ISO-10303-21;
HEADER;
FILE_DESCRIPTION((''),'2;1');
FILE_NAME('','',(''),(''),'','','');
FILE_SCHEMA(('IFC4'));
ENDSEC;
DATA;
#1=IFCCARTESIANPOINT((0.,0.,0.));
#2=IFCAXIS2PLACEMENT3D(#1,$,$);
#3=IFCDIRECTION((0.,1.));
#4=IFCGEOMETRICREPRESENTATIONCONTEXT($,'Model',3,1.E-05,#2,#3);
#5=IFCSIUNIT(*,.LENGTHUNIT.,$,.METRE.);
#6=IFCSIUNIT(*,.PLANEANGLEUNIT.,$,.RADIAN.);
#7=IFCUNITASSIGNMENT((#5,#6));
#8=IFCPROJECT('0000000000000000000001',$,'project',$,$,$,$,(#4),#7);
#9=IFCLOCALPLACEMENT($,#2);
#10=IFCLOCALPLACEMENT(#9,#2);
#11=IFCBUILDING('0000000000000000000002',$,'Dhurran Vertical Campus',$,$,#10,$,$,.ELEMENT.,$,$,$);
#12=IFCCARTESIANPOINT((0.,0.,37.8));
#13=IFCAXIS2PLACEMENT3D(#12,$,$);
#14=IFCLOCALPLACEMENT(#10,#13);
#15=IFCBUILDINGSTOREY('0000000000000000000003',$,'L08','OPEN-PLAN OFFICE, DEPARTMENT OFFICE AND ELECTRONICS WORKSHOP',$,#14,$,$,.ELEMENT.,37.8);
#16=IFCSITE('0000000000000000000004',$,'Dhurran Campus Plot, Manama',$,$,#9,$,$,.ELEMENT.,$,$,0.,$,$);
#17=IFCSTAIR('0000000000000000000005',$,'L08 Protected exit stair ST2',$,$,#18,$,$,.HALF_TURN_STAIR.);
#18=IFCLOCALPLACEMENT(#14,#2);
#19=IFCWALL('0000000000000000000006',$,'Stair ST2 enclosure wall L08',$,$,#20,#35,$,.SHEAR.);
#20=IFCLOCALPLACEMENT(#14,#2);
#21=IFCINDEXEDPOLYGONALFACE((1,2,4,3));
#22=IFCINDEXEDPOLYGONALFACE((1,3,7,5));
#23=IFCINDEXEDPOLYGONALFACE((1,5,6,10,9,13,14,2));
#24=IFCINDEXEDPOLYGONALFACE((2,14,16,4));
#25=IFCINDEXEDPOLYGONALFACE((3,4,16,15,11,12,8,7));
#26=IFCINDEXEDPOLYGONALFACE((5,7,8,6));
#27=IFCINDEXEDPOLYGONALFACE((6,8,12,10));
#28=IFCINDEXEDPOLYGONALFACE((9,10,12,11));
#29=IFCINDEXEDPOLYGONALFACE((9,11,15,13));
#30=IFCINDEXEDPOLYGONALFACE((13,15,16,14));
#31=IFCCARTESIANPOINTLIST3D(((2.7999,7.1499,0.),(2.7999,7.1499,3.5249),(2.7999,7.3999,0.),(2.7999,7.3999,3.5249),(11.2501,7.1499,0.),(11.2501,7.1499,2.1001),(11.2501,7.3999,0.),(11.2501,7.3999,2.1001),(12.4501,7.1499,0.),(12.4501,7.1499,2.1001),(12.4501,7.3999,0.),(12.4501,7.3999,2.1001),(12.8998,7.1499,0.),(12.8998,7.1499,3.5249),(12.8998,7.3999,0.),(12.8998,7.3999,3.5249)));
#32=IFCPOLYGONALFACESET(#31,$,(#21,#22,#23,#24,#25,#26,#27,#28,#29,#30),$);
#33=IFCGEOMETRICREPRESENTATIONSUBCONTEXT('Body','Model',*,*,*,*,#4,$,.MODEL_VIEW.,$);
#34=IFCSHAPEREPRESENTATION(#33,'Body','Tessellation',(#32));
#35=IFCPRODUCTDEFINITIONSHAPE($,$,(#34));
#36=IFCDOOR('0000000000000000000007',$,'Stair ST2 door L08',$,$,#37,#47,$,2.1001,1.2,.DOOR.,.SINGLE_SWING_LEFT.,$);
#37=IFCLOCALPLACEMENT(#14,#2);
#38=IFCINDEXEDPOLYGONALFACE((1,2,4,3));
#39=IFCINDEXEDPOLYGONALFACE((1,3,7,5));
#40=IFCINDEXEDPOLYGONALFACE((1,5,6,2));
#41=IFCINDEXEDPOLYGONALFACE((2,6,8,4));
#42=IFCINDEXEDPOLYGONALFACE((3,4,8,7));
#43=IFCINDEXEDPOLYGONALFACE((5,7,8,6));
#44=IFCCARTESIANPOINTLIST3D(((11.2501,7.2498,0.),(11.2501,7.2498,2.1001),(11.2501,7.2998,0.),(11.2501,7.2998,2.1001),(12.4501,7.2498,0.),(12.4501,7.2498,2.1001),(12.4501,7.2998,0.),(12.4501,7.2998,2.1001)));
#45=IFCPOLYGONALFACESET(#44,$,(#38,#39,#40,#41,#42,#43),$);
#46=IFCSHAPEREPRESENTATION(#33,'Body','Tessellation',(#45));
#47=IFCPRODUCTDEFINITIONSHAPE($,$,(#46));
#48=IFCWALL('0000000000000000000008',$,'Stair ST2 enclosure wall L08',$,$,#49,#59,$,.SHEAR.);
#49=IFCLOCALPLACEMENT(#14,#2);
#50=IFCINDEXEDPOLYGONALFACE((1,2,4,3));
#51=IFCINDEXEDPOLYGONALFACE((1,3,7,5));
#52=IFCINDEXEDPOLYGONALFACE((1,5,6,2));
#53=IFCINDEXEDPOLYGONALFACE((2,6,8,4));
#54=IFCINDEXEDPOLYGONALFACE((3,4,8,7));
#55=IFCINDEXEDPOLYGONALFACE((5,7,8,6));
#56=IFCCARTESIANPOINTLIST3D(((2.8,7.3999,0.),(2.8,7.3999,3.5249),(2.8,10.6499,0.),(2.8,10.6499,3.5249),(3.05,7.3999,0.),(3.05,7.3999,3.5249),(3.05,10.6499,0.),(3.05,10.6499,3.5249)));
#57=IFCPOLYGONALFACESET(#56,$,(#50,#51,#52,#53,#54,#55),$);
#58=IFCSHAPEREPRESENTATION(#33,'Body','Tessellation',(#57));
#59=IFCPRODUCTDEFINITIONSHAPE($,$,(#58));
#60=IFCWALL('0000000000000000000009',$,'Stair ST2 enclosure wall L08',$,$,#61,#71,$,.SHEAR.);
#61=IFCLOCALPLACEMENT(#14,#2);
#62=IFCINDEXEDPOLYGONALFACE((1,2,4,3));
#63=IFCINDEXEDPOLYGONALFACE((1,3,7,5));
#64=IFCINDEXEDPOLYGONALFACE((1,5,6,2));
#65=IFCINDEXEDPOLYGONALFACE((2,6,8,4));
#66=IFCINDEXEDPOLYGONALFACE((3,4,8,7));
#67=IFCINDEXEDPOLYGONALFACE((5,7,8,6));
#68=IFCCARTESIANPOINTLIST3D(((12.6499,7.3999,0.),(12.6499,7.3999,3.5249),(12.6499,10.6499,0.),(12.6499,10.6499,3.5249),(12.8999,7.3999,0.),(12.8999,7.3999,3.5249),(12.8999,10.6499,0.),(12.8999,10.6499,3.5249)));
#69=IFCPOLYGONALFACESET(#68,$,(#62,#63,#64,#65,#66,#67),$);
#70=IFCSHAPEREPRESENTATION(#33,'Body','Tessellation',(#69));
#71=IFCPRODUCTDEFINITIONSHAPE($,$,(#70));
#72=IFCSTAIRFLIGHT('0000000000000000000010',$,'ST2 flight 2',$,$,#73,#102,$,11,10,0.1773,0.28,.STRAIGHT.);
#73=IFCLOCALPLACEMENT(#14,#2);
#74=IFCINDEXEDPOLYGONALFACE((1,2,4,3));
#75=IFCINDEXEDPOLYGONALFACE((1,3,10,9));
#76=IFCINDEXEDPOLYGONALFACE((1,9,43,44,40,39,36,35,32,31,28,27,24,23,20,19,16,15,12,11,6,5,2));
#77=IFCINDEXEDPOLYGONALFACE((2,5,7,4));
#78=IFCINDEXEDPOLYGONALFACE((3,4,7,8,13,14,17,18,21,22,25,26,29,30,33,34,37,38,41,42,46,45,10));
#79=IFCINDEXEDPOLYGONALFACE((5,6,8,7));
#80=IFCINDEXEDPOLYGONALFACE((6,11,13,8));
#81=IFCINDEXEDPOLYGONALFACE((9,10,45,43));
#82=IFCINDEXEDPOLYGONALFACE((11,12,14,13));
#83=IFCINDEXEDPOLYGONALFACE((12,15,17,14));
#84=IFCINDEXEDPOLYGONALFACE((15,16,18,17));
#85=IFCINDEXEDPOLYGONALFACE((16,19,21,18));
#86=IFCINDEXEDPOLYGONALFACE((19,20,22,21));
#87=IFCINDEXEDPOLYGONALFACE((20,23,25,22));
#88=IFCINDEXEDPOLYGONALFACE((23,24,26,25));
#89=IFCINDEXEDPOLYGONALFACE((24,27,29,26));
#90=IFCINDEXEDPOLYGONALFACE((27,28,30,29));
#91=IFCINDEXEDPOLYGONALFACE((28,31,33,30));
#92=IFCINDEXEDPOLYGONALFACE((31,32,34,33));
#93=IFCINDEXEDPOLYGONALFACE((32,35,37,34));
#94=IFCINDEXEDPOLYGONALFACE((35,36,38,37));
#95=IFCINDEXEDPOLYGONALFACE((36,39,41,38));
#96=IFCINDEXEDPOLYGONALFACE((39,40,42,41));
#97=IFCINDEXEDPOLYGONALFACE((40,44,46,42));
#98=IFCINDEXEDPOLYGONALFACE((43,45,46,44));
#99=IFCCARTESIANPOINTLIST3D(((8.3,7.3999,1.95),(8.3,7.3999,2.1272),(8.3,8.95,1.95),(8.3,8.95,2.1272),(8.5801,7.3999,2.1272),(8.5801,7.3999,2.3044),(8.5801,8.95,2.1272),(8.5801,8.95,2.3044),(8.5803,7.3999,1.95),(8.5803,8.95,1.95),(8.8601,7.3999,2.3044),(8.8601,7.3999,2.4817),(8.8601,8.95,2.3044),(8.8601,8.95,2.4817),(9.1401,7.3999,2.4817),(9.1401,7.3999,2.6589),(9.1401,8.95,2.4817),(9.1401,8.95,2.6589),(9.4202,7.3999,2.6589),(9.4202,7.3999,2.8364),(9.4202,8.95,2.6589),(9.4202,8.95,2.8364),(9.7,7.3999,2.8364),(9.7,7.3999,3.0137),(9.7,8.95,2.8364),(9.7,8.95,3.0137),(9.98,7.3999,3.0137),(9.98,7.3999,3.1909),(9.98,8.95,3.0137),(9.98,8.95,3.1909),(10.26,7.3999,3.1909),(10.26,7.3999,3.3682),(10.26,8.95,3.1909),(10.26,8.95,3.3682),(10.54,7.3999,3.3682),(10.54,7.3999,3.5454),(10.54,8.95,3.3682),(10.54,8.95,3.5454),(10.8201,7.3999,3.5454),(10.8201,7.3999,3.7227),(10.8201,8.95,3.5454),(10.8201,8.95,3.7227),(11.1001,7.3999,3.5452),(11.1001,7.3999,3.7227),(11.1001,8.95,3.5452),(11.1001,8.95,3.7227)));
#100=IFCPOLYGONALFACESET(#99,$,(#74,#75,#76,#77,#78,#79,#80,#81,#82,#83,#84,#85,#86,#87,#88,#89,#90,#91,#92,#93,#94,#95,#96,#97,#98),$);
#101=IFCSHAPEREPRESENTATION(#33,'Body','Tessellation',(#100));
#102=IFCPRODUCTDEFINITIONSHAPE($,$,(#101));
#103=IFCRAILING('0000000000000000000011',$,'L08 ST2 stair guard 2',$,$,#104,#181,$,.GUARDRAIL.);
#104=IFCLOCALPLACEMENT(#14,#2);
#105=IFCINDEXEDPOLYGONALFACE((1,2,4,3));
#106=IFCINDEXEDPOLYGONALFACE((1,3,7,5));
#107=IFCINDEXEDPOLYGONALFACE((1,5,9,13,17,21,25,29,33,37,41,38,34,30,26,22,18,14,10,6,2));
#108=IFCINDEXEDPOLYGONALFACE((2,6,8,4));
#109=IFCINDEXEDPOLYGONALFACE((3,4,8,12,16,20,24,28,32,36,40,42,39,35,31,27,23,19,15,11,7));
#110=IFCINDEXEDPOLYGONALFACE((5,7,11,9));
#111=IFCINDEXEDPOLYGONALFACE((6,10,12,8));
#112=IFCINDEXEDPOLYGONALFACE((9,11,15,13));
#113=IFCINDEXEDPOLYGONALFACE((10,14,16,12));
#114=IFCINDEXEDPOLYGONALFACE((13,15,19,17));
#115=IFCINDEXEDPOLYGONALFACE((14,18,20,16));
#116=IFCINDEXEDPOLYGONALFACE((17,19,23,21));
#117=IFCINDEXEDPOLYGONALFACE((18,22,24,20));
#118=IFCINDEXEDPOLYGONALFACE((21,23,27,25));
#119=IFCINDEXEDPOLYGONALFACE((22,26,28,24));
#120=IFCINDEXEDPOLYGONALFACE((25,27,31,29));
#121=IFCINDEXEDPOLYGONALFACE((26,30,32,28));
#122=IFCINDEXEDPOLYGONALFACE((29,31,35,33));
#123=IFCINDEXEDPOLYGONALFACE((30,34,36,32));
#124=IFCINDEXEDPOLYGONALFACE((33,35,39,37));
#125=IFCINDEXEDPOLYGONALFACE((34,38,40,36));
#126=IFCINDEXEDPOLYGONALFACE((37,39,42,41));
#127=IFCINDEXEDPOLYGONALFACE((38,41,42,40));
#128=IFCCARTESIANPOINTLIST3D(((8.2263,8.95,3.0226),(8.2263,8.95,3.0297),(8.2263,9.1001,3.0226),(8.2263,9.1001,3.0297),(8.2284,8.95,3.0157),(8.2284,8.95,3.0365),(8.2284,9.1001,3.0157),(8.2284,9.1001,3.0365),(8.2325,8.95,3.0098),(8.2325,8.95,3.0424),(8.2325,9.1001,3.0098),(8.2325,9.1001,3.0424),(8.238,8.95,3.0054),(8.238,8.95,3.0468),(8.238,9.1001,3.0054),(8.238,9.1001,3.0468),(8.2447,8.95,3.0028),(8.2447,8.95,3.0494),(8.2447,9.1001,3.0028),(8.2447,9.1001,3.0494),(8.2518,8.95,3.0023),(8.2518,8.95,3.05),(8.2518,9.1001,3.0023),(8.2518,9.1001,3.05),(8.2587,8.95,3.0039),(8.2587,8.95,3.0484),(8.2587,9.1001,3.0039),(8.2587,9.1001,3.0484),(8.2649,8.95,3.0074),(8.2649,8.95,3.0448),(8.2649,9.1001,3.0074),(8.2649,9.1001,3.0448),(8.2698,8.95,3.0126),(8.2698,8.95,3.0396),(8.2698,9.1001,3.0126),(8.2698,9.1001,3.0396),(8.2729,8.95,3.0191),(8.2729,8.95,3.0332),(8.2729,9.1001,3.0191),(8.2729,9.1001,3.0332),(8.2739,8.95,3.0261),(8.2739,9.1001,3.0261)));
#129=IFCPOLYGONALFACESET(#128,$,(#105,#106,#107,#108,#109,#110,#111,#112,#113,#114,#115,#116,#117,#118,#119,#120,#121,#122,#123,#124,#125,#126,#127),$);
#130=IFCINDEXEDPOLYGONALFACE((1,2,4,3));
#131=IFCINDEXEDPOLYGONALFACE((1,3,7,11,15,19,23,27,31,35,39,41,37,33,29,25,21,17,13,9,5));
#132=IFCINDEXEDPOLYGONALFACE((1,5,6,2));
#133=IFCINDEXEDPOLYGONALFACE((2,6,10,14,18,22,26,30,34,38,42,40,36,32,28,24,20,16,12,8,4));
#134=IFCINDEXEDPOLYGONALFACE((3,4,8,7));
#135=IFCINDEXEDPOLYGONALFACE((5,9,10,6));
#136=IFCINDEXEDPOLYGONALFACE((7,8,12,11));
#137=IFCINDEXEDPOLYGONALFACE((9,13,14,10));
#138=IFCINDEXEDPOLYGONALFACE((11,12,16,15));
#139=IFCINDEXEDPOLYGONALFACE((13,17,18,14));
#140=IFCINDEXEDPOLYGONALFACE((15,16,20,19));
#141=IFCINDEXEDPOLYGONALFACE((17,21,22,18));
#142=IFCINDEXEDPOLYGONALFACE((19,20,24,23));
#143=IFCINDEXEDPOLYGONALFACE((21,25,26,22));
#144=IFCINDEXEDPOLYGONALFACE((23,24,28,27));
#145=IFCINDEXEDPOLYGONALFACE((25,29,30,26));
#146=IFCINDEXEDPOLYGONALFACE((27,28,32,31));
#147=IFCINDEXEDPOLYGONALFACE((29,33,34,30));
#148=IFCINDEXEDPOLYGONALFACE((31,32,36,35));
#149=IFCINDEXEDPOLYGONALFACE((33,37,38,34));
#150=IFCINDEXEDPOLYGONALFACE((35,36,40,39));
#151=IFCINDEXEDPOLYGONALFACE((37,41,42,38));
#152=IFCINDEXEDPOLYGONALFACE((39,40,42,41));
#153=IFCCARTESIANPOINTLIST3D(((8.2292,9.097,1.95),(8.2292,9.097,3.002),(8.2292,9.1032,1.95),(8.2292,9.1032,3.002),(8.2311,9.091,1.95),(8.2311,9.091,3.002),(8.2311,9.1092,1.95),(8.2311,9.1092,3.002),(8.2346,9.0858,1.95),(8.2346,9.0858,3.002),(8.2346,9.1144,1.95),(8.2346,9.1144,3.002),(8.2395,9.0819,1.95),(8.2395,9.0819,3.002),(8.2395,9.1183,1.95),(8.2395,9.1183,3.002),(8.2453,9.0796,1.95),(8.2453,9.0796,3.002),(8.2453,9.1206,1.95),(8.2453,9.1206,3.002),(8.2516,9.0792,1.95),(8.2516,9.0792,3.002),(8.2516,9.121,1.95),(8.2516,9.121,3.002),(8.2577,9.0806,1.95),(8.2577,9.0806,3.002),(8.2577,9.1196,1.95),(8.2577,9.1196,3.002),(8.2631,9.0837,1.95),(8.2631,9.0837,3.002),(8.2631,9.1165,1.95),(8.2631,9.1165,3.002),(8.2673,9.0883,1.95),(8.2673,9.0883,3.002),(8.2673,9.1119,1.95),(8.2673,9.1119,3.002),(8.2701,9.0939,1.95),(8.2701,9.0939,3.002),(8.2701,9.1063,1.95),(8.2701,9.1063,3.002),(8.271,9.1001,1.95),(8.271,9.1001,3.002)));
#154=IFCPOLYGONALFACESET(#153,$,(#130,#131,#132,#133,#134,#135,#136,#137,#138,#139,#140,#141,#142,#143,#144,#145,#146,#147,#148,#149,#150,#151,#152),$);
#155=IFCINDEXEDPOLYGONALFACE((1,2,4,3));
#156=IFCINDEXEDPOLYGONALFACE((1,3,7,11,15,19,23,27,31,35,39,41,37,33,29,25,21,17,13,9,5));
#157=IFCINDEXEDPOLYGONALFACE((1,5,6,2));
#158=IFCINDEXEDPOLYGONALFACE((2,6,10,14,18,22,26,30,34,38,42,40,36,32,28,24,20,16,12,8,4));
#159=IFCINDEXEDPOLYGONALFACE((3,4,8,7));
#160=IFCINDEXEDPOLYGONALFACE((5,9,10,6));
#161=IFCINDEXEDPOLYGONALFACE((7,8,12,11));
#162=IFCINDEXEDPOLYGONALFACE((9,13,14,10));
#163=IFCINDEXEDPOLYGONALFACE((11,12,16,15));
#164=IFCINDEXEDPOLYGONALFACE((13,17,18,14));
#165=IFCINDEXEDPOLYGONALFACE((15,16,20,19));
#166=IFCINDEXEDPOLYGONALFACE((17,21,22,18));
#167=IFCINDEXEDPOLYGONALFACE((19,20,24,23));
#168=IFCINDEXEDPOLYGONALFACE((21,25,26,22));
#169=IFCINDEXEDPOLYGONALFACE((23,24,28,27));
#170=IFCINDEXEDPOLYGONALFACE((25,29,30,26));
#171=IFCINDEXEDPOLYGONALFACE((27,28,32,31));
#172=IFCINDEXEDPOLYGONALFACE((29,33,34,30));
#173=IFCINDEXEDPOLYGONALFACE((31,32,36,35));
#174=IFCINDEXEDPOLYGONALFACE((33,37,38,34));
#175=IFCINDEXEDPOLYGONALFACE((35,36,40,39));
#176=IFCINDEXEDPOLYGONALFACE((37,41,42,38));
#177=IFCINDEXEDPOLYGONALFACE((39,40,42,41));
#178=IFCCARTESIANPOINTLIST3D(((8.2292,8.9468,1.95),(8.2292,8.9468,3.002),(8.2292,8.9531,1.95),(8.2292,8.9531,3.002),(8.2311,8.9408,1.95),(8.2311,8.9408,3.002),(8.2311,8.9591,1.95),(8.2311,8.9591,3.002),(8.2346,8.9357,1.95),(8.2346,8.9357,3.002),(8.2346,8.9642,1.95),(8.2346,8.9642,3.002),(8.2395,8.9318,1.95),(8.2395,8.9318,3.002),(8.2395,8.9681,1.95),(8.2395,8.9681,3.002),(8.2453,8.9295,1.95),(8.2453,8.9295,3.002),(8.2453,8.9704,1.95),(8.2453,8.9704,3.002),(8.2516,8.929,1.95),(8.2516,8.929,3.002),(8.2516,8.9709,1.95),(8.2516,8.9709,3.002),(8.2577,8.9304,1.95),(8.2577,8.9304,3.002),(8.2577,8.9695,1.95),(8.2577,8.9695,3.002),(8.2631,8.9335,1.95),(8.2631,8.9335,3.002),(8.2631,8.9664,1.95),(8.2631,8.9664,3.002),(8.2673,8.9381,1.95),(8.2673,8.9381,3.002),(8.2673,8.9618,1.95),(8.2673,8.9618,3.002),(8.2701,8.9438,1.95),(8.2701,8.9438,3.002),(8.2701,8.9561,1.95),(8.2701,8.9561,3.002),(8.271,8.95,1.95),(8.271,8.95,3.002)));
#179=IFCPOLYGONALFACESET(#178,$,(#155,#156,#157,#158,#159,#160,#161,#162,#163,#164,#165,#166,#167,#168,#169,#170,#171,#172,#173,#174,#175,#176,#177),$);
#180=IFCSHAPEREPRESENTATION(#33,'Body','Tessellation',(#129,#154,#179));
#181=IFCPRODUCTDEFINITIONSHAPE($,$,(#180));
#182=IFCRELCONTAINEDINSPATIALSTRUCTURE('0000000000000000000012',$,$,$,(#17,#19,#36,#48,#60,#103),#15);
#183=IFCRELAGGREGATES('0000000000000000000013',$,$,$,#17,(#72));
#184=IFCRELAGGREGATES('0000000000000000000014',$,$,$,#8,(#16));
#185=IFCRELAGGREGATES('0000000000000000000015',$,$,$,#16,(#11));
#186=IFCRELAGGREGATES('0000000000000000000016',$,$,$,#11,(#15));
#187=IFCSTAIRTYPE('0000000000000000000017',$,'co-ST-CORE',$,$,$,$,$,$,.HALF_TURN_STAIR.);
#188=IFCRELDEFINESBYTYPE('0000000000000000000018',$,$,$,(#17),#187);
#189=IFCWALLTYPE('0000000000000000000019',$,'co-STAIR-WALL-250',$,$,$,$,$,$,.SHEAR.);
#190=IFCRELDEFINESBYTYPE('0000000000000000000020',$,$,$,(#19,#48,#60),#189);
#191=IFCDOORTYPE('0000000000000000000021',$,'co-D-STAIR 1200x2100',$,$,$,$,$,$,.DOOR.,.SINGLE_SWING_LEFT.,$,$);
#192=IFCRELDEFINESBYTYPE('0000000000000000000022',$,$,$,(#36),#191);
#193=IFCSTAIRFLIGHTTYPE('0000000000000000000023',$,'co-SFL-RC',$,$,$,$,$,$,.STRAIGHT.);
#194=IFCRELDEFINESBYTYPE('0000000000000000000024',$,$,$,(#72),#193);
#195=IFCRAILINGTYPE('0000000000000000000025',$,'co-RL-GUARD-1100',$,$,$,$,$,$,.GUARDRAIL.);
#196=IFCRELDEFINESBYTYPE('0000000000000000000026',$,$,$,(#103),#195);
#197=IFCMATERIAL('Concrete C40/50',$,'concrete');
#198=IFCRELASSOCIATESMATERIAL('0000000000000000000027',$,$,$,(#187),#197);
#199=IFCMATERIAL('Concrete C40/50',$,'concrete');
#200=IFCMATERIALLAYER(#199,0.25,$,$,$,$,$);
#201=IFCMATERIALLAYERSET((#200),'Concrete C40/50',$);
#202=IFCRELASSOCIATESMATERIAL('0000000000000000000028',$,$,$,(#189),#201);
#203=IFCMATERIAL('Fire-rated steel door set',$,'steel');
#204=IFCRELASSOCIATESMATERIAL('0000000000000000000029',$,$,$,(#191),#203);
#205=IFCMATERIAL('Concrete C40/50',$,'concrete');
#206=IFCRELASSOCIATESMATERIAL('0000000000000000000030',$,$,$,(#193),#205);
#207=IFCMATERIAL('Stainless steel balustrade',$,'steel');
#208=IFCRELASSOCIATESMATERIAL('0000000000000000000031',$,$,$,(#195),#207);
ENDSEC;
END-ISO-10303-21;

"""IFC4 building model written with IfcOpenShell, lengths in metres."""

from ifc_helpers import new_model, si_unit, direction, frame, frame_2d, origin, origin_2d, place, context, subcontext, project, spatial, polyline, rectangle, circle, outline, extrude, material, layer, layer_set, type_object, element, fill, aggregate, save


model = new_model("IFC4")

# Units and contexts
model_context = context("Model", 3, precision=1e-05, world=origin(), true_north=direction((0.0, 1.0)))
body_context = subcontext(model_context, "Body", "Model", "MODEL_VIEW")
ifc_project = project(units=[si_unit("LENGTHUNIT", "METRE"), si_unit("PLANEANGLEUNIT", "RADIAN")], contexts=[model_context])

# Site, building, storey
site_placement = place(None, origin())
site = spatial("IfcSite", under=ifc_project, at=site_placement, Name="Dhurran Campus Plot, Manama", CompositionType="ELEMENT", RefElevation=0.0)
building_placement = place(site_placement, origin())
building = spatial("IfcBuilding", under=site, at=building_placement, Name="Dhurran Vertical Campus", CompositionType="ELEMENT")
storey_placement = place(building_placement, frame((0.0, 0.0, 37.8)))
storey = spatial("IfcBuildingStorey", under=building, at=storey_placement, Name="L08", Description="OPEN-PLAN OFFICE, DEPARTMENT OFFICE AND ELECTRONICS WORKSHOP", CompositionType="ELEMENT", Elevation=37.8)

# Stair
ifc_material_1 = material(Name="Concrete C40/50", Category="concrete")
stair_type = type_object("IfcStairType", Name="co-ST-CORE", PredefinedType="HALF_TURN_STAIR", material=ifc_material_1)
stair_1_placement = place(storey_placement, origin())
stair_1 = element("IfcStair", 1, at=stair_1_placement, inside=storey, type_object=stair_type, Name="L08 Protected exit stair ST2", PredefinedType="HALF_TURN_STAIR")

# Wall, opening, door
ifc_material_2 = material(Name="Concrete C40/50", Category="concrete")
ifc_layer_1 = layer(ifc_material_2, 0.25)
ifc_layer_set_1 = layer_set([ifc_layer_1], Name="Concrete C40/50")
wall_type_1 = type_object("IfcWallType", Name="co-STAIR-WALL-250", PredefinedType="SHEAR", material=ifc_layer_set_1)
wall_1_placement = place(storey_placement, frame((2.8, 7.2749, 0.0), z_axis=(0.0, 0.0, 1.0), x_axis=(1.0, 0.0, 0.0)))
wall_1 = element("IfcWall", 2, at=wall_1_placement, inside=storey, type_object=wall_type_1, Name="Stair ST2 enclosure wall L08", PredefinedType="SHEAR", context=body_context, shape_type="SweptSolid", body=[
    extrude(rectangle(XDim=10.0999, YDim=0.25, at=frame_2d((5.0498, 0.0))), origin(), (0.0, 0.0, 1.0), 3.5249),
])
opening_1_placement = place(wall_1_placement, frame((8.45, 0.0, 0.0)))
opening_1 = element("IfcOpeningElement", 3, at=opening_1_placement, cuts=wall_1, PredefinedType="OPENING", context=body_context, shape_type="SweptSolid", body=[
    extrude(rectangle(XDim=1.2, YDim=2.1001, at=frame_2d((0.6001, 1.05))), frame((0.0, 0.135, 0.0), z_axis=(0.0, -1.0, 0.0), x_axis=(1.0, 0.0, 0.0)), (0.0, 0.0, 1.0), 0.27),
])
ifc_material_3 = material(Name="Fire-rated steel door set", Category="steel")
door_type_1 = type_object("IfcDoorType", Name="co-D-STAIR 1200x2100", OperationType="SINGLE_SWING_LEFT", PredefinedType="DOOR", material=ifc_material_3)
door_1_placement = place(opening_1_placement, origin())
door_1 = element("IfcDoor", 4, at=door_1_placement, inside=storey, type_object=door_type_1, Name="Stair ST2 door L08", OperationType="SINGLE_SWING_LEFT", OverallHeight=2.1001, OverallWidth=1.2, PredefinedType="DOOR", context=body_context, shape_type="SweptSolid", body=[
    extrude(rectangle(XDim=1.2, YDim=2.1001, at=frame_2d((0.6001, 1.05))), frame((0.0, 0.0249, 0.0), z_axis=(0.0, -1.0, 0.0), x_axis=(1.0, 0.0, 0.0)), (0.0, 0.0, 1.0), 0.05),
])
fill(opening_1, door_1)

# Walls
for number, where, z_axis, x_axis, name in (
    (5, (2.925, 7.3999, 0.0), (0.0, 0.0, 1.0), (0.0, 1.0, 0.0), "Stair ST2 enclosure wall L08"),
    (6, (12.7749, 7.3999, 0.0), (0.0, 0.0, 1.0), (0.0, 1.0, 0.0), "Stair ST2 enclosure wall L08"),
):
    element("IfcWall", number, at=place(storey_placement, frame(where, z_axis=z_axis, x_axis=x_axis)), inside=storey, type_object=wall_type_1, Name=name, PredefinedType="SHEAR", context=body_context, shape_type="SweptSolid", body=[
        extrude(rectangle(XDim=3.25, YDim=0.25, at=frame_2d((1.625, 0.0))), origin(), (0.0, 0.0, 1.0), 3.5249),
    ])

# Stair flight
ifc_material_4 = material(Name="Concrete C40/50", Category="concrete")
stair_flight_type = type_object("IfcStairFlightType", Name="co-SFL-RC", PredefinedType="STRAIGHT", material=ifc_material_4)
stair_flight_placement = place(storey_placement, frame((8.3, 8.175, 1.95), z_axis=(0.0, 0.0, 1.0), x_axis=(1.0, 0.0, 0.0)))
stair_flight = element("IfcStairFlight", 7, at=stair_flight_placement, type_object=stair_flight_type, Name="ST2 flight 2", NumberOfRisers=11, NumberOfTreads=10, PredefinedType="STRAIGHT", RiserHeight=0.1773, TreadLength=0.28, context=body_context, shape_type="SweptSolid", body=[
    extrude(outline(polyline([(0.0, 0.0), (0.0, 0.1772), (0.28, 0.1772), (0.28, 0.3545), (0.5601, 0.3545), (0.5601, 0.5317), (0.8401, 0.5317), (0.8401, 0.709), (1.1201, 0.709), (1.1201, 0.8865), (1.3999, 0.8865), (1.3999, 1.0637), (1.6799, 1.0637), (1.6799, 1.241), (1.96, 1.241), (1.96, 1.4182), (2.24, 1.4182), (2.24, 1.5955), (2.52, 1.5955), (2.52, 1.7727), (2.8, 1.7727), (2.8, 1.95), (2.8, 1.5952), (0.2803, 0.0), (0.0, 0.0)])), frame((0.0, 0.7749, 0.0), z_axis=(0.0, -1.0, 0.0), x_axis=(1.0, 0.0, 0.0)), (0.0, 0.0, 1.0), 1.55),
])
aggregate(stair_1, [stair_flight])

# Railing
ifc_material_5 = material(Name="Stainless steel balustrade", Category="steel")
railing_type_1 = type_object("IfcRailingType", Name="co-RL-GUARD-1100", PredefinedType="GUARDRAIL", material=ifc_material_5)
railing_1_placement = place(storey_placement, frame((8.25, 9.1001, 1.95)))
element("IfcRailing", 8, at=railing_1_placement, inside=storey, type_object=railing_type_1, Name="L08 ST2 stair guard 2", PredefinedType="GUARDRAIL", context=body_context, shape_type="SweptSolid", body=[
    extrude(circle(Radius=0.0239, at=origin_2d()), frame((0.0, 0.0, 1.0762), z_axis=(0.0, -1.0, 0.0), x_axis=(1.0, 0.0, 0.0)), (0.0, 0.0, 1.0), 0.1501),
    extrude(circle(Radius=0.021, at=origin_2d()), origin(), (0.0, 0.0, 1.0), 1.052),
    extrude(circle(Radius=0.021, at=origin_2d()), frame((0.0, -0.1501, 0.0)), (0.0, 0.0, 1.0), 1.052),
])

save(model, "model.ifc")
